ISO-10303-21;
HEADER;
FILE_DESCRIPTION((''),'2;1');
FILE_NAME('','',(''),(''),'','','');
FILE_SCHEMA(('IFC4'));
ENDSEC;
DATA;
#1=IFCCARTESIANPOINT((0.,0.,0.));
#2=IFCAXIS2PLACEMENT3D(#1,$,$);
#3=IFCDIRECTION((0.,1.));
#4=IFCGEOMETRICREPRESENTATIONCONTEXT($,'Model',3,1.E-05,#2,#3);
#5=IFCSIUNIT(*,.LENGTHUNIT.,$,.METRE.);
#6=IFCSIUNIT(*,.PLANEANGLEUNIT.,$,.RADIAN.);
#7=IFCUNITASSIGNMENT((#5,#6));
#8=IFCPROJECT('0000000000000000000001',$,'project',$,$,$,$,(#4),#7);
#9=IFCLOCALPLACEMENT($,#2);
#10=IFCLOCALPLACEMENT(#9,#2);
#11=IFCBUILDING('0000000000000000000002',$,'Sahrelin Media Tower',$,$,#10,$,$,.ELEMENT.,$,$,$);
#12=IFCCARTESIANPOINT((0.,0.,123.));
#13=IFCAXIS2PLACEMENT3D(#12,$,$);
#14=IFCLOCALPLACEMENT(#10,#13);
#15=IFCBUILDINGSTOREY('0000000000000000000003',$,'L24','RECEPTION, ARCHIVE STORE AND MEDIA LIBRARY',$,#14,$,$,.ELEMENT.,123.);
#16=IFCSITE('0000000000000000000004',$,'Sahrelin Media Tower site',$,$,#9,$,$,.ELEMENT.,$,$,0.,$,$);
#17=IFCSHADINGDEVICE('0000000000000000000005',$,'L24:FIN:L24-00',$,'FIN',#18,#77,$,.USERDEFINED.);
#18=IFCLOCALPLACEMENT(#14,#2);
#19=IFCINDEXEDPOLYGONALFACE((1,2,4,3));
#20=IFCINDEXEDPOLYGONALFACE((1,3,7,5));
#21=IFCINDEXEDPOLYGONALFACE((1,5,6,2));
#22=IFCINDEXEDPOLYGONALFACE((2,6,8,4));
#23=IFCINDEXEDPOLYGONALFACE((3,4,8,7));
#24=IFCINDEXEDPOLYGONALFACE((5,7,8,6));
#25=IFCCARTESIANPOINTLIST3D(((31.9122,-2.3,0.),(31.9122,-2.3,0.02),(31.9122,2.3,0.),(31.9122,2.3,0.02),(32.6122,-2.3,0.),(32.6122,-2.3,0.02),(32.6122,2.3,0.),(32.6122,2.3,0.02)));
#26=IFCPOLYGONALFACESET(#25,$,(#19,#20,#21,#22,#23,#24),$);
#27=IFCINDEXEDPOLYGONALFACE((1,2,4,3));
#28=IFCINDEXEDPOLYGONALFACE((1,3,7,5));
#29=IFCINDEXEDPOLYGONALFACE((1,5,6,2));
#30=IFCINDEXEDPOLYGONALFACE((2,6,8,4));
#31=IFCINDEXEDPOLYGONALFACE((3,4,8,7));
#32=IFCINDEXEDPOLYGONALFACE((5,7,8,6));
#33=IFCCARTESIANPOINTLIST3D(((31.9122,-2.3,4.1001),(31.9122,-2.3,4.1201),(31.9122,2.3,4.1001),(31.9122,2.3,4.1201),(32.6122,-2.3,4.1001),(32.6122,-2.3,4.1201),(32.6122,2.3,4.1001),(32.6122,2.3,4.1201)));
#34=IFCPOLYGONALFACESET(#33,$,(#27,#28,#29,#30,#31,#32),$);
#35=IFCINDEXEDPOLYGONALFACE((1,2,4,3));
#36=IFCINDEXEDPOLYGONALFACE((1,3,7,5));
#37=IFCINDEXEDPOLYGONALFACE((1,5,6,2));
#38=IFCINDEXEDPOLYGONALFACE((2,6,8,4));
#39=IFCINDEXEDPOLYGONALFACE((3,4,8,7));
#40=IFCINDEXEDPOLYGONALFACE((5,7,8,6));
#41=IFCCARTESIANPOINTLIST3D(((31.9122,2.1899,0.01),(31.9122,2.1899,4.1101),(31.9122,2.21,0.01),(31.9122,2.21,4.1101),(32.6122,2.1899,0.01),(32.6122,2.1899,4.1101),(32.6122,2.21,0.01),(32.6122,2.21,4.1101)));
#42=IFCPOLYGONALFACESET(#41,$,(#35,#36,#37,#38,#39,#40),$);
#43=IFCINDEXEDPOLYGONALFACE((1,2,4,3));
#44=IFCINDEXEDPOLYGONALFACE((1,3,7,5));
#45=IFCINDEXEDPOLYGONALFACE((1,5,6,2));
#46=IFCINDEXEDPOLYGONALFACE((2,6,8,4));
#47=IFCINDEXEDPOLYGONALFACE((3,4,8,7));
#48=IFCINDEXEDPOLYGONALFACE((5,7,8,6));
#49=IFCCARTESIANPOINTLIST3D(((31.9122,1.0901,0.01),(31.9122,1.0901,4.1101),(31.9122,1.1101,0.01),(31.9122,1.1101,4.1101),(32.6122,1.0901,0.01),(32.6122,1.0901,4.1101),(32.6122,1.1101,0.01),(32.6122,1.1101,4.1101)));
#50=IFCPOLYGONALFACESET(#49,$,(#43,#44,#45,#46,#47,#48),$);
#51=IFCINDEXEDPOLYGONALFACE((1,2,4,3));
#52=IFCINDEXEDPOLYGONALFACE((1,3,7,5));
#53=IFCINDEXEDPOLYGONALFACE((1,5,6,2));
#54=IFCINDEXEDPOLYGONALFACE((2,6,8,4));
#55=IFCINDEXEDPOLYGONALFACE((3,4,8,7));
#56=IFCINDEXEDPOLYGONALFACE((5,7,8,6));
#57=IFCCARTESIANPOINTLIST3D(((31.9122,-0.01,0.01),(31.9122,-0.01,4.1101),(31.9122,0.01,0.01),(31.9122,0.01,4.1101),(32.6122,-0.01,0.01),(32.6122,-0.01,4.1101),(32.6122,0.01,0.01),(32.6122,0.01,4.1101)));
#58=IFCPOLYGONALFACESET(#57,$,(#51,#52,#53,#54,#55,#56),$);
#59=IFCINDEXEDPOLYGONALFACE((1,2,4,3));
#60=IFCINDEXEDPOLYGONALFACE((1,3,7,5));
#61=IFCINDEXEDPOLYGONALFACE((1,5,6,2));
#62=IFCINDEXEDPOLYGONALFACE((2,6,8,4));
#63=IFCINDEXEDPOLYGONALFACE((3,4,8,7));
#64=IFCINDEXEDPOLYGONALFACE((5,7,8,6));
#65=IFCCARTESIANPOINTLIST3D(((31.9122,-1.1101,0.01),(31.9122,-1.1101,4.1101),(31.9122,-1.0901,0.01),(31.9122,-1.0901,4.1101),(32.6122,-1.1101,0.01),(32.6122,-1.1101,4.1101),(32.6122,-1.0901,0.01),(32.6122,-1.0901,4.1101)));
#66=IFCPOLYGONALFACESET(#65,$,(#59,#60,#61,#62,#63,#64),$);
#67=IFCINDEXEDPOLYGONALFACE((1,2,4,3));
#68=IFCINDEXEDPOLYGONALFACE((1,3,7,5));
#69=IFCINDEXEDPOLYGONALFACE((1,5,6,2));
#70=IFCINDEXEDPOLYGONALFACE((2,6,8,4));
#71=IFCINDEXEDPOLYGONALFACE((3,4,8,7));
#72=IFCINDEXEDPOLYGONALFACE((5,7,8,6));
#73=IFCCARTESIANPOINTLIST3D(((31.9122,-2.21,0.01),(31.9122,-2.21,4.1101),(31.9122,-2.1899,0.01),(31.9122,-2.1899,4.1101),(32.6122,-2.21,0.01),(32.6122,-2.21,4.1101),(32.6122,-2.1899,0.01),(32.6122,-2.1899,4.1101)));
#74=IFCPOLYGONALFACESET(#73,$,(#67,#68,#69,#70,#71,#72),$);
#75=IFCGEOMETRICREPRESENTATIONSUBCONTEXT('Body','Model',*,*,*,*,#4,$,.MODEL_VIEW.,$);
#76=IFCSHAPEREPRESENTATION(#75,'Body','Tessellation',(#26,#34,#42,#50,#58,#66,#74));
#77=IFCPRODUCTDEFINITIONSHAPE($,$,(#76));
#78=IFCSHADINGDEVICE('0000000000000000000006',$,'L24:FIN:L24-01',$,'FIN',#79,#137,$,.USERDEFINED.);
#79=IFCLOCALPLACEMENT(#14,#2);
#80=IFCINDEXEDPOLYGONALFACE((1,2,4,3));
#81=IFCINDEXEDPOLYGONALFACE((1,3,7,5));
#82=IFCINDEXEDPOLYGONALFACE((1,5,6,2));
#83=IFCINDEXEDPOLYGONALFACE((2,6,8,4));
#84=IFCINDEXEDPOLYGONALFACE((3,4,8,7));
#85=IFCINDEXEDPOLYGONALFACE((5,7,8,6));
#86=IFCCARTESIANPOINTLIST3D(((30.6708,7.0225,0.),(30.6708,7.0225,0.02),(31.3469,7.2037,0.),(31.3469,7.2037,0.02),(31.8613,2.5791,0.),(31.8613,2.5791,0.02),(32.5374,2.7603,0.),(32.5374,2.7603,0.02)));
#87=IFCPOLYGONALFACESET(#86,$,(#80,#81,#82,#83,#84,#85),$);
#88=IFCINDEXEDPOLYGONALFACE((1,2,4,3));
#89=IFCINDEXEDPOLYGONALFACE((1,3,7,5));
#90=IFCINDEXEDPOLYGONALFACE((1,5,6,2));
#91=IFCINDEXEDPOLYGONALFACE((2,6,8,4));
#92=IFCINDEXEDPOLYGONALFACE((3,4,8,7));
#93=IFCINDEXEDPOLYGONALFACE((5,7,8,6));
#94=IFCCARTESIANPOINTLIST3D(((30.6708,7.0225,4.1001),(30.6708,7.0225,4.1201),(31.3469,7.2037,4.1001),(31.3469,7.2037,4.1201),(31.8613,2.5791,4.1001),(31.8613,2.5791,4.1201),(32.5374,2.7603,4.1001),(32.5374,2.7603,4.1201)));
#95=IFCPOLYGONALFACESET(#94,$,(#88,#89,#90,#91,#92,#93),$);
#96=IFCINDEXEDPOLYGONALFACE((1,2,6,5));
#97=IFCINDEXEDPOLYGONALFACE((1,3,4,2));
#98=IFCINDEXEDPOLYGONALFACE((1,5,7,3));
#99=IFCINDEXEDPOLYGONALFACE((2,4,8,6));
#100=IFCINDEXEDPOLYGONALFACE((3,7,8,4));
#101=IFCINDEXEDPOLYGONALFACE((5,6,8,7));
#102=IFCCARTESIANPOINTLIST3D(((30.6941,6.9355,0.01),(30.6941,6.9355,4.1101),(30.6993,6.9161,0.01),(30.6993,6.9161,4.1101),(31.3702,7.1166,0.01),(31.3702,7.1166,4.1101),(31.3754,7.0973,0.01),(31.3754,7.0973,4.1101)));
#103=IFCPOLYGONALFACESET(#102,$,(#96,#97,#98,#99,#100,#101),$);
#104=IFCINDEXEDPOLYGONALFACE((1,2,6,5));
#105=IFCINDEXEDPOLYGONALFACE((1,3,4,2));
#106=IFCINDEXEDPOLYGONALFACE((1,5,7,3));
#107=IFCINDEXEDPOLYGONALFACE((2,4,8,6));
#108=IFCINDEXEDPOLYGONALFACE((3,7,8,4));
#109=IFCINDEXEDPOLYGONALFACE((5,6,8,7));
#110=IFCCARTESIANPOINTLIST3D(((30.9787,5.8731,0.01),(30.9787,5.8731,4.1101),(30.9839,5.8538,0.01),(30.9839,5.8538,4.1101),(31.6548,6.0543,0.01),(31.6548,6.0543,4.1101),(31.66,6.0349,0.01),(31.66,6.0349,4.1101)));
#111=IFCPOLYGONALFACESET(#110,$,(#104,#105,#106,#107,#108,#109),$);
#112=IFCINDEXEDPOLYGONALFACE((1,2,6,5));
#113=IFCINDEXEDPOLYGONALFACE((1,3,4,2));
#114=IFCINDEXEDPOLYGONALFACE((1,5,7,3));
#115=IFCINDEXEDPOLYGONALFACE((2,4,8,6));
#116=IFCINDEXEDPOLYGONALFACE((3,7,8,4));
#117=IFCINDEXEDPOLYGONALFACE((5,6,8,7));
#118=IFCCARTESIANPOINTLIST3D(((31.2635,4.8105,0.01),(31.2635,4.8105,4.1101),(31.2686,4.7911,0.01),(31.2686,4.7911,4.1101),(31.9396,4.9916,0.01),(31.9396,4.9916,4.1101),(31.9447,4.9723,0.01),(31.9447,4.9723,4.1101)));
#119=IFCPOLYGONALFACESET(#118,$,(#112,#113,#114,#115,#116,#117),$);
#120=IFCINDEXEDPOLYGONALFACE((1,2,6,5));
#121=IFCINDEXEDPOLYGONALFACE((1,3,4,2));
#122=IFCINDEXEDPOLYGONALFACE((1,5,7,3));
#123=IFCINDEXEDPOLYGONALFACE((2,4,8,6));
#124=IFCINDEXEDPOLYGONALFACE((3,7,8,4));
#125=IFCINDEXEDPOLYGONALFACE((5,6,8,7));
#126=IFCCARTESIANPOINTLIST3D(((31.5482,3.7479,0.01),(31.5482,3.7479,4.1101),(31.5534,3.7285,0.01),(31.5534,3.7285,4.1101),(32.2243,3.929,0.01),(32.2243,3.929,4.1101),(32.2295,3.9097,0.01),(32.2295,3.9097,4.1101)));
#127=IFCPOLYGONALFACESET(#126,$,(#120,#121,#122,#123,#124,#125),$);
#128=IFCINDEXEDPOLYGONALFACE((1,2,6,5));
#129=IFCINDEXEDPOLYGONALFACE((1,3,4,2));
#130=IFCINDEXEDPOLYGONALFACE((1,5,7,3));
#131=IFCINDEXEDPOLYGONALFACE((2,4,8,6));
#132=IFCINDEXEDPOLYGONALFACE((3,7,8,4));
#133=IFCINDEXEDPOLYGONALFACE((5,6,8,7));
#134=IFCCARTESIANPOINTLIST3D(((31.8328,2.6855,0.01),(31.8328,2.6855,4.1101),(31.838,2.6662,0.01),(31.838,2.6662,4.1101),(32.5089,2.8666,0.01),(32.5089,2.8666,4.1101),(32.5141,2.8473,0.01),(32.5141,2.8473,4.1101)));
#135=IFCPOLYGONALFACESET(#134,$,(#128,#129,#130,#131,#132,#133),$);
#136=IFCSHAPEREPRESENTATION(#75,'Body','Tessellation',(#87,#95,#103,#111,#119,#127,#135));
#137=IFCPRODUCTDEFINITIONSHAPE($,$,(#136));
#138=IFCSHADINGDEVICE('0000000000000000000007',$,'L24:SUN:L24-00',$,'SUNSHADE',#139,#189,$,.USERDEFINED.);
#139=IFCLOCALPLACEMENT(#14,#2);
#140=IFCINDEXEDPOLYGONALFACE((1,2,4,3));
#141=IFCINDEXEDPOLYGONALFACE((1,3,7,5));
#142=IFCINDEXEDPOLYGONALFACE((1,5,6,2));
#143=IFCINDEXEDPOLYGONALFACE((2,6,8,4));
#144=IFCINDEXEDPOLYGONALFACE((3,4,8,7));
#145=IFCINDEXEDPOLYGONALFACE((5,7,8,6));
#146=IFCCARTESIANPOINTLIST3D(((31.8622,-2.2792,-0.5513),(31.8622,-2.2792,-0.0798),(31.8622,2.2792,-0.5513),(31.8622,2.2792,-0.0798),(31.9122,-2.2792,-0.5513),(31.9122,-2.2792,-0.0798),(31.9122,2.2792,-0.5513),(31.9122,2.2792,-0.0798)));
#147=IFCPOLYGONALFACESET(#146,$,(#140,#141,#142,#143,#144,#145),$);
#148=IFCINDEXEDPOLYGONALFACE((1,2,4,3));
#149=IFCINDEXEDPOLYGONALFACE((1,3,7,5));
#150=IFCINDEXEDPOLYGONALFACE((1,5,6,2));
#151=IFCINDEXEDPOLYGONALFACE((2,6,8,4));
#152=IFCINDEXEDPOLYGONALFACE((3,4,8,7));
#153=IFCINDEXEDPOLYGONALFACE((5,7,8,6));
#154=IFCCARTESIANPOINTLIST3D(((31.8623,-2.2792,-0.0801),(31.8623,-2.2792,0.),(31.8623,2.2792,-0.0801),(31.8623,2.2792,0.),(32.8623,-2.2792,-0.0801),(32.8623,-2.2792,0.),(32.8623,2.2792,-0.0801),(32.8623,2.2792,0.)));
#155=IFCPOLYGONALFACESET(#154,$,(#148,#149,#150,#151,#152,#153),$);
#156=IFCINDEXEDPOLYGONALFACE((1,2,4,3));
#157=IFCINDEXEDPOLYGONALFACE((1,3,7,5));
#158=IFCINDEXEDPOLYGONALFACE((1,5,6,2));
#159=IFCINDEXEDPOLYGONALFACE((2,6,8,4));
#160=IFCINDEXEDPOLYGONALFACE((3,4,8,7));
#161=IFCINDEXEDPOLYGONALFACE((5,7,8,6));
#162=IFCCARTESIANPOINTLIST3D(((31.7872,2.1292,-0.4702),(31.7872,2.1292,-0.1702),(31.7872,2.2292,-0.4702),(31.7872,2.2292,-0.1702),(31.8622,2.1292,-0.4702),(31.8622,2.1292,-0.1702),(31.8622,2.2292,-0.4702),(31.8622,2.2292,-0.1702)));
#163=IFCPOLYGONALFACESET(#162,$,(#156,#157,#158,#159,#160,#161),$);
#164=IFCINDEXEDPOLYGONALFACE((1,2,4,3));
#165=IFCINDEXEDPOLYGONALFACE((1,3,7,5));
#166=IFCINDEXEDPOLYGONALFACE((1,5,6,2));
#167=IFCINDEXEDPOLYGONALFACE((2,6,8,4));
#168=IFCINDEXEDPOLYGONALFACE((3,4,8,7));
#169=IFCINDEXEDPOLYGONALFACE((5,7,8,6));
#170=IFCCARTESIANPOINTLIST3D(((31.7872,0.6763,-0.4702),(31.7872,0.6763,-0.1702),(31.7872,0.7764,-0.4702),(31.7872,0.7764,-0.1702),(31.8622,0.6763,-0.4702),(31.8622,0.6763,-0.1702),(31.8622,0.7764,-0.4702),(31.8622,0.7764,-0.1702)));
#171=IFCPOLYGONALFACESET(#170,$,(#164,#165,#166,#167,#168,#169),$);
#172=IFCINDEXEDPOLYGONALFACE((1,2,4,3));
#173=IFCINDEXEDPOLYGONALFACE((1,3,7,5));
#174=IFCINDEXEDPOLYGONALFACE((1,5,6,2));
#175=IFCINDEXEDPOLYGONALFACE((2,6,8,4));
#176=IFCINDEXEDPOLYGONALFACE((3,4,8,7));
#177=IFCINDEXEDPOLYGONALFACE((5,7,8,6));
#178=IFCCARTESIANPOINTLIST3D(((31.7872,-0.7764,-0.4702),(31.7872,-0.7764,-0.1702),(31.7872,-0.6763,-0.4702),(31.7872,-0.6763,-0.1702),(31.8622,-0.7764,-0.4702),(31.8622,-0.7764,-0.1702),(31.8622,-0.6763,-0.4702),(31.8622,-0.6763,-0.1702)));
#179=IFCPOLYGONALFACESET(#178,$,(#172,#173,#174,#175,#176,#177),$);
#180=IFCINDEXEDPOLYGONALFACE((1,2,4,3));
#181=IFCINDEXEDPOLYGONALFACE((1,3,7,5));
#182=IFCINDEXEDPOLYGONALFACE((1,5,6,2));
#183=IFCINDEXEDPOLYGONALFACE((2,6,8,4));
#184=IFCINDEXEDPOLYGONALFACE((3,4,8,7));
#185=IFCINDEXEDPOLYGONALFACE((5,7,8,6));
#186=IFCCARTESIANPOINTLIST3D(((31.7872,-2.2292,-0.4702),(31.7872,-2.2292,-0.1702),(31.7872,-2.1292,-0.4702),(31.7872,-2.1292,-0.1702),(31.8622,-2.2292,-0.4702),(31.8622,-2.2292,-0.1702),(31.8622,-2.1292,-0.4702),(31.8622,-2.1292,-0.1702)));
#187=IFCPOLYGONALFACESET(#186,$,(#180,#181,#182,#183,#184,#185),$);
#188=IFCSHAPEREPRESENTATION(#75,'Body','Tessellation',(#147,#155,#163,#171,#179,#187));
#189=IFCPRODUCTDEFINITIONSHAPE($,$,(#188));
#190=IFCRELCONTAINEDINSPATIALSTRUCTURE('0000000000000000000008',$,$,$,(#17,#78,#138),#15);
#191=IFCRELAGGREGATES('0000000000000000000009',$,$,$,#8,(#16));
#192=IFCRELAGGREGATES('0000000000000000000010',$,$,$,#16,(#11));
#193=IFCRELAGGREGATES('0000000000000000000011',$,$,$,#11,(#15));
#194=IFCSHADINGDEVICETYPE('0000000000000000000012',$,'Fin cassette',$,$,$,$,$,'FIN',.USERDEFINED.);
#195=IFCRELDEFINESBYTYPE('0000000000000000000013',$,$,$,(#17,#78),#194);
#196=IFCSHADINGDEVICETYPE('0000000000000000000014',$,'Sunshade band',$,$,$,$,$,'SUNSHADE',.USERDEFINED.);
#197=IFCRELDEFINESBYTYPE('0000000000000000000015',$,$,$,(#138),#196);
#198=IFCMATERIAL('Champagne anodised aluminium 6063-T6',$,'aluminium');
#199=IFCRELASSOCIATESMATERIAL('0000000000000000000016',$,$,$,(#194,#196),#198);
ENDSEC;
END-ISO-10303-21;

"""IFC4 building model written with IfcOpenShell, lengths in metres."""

from ifc_helpers import new_model, si_unit, direction, frame, origin, origin_2d, place, context, subcontext, project, spatial, rectangle, extrude, material, type_object, element, save


model = new_model("IFC4")

# Units and contexts
model_context = context("Model", 3, precision=1e-05, world=origin(), true_north=direction((0.0, 1.0)))
body_context = subcontext(model_context, "Body", "Model", "MODEL_VIEW")
ifc_project = project(units=[si_unit("LENGTHUNIT", "METRE"), si_unit("PLANEANGLEUNIT", "RADIAN")], contexts=[model_context])

# Site, building, storey
site_placement = place(None, origin())
site = spatial("IfcSite", under=ifc_project, at=site_placement, Name="Sahrelin Media Tower site", CompositionType="ELEMENT", RefElevation=0.0)
building_placement = place(site_placement, origin())
building = spatial("IfcBuilding", under=site, at=building_placement, Name="Sahrelin Media Tower", CompositionType="ELEMENT")
storey_placement = place(building_placement, frame((0.0, 0.0, 123.0)))
storey = spatial("IfcBuildingStorey", under=building, at=storey_placement, Name="L24", Description="RECEPTION, ARCHIVE STORE AND MEDIA LIBRARY", CompositionType="ELEMENT", Elevation=123.0)

# Shared definitions
ifc_material_1 = material(Name="Champagne anodised aluminium 6063-T6", Category="aluminium")

# Shading devices
shading_device_type_1 = type_object("IfcShadingDeviceType", Name="Fin cassette", ElementType="FIN", PredefinedType="USERDEFINED", material=ifc_material_1)
placement_1 = place(storey_placement, frame((31.8423, 0.0, 0.0), z_axis=(0.0, 0.0, 1.0), x_axis=(0.0, -1.0, 0.0)))
element("IfcShadingDevice", 1, at=placement_1, inside=storey, type_object=shading_device_type_1, Name="L24:FIN:L24-00", ObjectType="FIN", PredefinedType="USERDEFINED", context=body_context, shape_type="SweptSolid", body=[
    extrude(rectangle(XDim=4.6001, YDim=0.7, at=origin_2d()), frame((0.0, 0.4199, 0.0)), (0.0, 0.0, 1.0), 0.02),
    extrude(rectangle(XDim=4.6001, YDim=0.7, at=origin_2d()), frame((0.0, 0.4199, 4.1001)), (0.0, 0.0, 1.0), 0.02),
    extrude(rectangle(XDim=0.02, YDim=0.7, at=origin_2d()), frame((-2.2, 0.4199, 0.01), z_axis=(0.0, 0.0, 1.0), x_axis=(1.0, 0.0, 0.0)), (0.0, 0.0, 1.0), 4.1001),
    extrude(rectangle(XDim=0.02, YDim=0.7, at=origin_2d()), frame((-1.1001, 0.4199, 0.01), z_axis=(0.0, 0.0, 1.0), x_axis=(1.0, 0.0, 0.0)), (0.0, 0.0, 1.0), 4.1001),
    extrude(rectangle(XDim=0.02, YDim=0.7, at=origin_2d()), frame((0.0, 0.4199, 0.01), z_axis=(0.0, 0.0, 1.0), x_axis=(1.0, 0.0, 0.0)), (0.0, 0.0, 1.0), 4.1001),
    extrude(rectangle(XDim=0.02, YDim=0.7, at=origin_2d()), frame((1.1001, 0.4199, 0.01), z_axis=(0.0, 0.0, 1.0), x_axis=(1.0, 0.0, 0.0)), (0.0, 0.0, 1.0), 4.1001),
    extrude(rectangle(XDim=0.02, YDim=0.7, at=origin_2d()), frame((2.2, 0.4199, 0.01), z_axis=(0.0, 0.0, 1.0), x_axis=(1.0, 0.0, 0.0)), (0.0, 0.0, 1.0), 4.1001),
])
placement_2 = place(storey_placement, frame((31.1985, 4.7827, 0.0), z_axis=(0.0, 0.0, 1.0), x_axis=(0.258808, -0.965929, 0.0)))
element("IfcShadingDevice", 2, at=placement_2, inside=storey, type_object=shading_device_type_1, Name="L24:FIN:L24-01", ObjectType="FIN", PredefinedType="USERDEFINED", context=body_context, shape_type="SweptSolid", body=[
    extrude(rectangle(XDim=4.6001, YDim=0.7, at=origin_2d()), frame((0.0, 0.4199, 0.0)), (0.0, 0.0, 1.0), 0.02),
    extrude(rectangle(XDim=4.6001, YDim=0.7, at=origin_2d()), frame((0.0, 0.4199, 4.1001)), (0.0, 0.0, 1.0), 0.02),
    extrude(rectangle(XDim=0.02, YDim=0.7, at=origin_2d()), frame((-2.2, 0.4199, 0.01), z_axis=(0.0, 0.0, 1.0), x_axis=(1.0, 0.0, 0.0)), (0.0, 0.0, 1.0), 4.1001),
    extrude(rectangle(XDim=0.02, YDim=0.7, at=origin_2d()), frame((-1.1001, 0.4199, 0.01), z_axis=(0.0, 0.0, 1.0), x_axis=(1.0, 0.0, 0.0)), (0.0, 0.0, 1.0), 4.1001),
    extrude(rectangle(XDim=0.02, YDim=0.7, at=origin_2d()), frame((0.0, 0.4199, 0.01), z_axis=(0.0, 0.0, 1.0), x_axis=(1.0, 0.0, 0.0)), (0.0, 0.0, 1.0), 4.1001),
    extrude(rectangle(XDim=0.02, YDim=0.7, at=origin_2d()), frame((1.1001, 0.4199, 0.01), z_axis=(0.0, 0.0, 1.0), x_axis=(1.0, 0.0, 0.0)), (0.0, 0.0, 1.0), 4.1001),
    extrude(rectangle(XDim=0.02, YDim=0.7, at=origin_2d()), frame((2.2, 0.4199, 0.01), z_axis=(0.0, 0.0, 1.0), x_axis=(1.0, 0.0, 0.0)), (0.0, 0.0, 1.0), 4.1001),
])
shading_device_type_2 = type_object("IfcShadingDeviceType", Name="Sunshade band", ElementType="SUNSHADE", PredefinedType="USERDEFINED", material=ifc_material_1)
element("IfcShadingDevice", 3, at=placement_1, inside=storey, type_object=shading_device_type_2, Name="L24:SUN:L24-00", ObjectType="SUNSHADE", PredefinedType="USERDEFINED", context=body_context, shape_type="SweptSolid", body=[
    extrude(rectangle(XDim=4.5583, YDim=0.05, at=origin_2d()), frame((0.0, 0.0449, -0.5513)), (0.0, 0.0, 1.0), 0.4714),
    extrude(rectangle(XDim=4.5583, YDim=1.0, at=origin_2d()), frame((0.0, 0.52, -0.0801)), (0.0, 0.0, 1.0), 0.0801),
    extrude(rectangle(XDim=0.1001, YDim=0.075, at=origin_2d()), frame((-2.1792, -0.0176, -0.4702)), (0.0, 0.0, 1.0), 0.3),
    extrude(rectangle(XDim=0.1001, YDim=0.075, at=origin_2d()), frame((-0.7263, -0.0176, -0.4702)), (0.0, 0.0, 1.0), 0.3),
    extrude(rectangle(XDim=0.1001, YDim=0.075, at=origin_2d()), frame((0.7263, -0.0176, -0.4702)), (0.0, 0.0, 1.0), 0.3),
    extrude(rectangle(XDim=0.1001, YDim=0.075, at=origin_2d()), frame((2.1792, -0.0176, -0.4702)), (0.0, 0.0, 1.0), 0.3),
])

save(model, "model.ifc")
